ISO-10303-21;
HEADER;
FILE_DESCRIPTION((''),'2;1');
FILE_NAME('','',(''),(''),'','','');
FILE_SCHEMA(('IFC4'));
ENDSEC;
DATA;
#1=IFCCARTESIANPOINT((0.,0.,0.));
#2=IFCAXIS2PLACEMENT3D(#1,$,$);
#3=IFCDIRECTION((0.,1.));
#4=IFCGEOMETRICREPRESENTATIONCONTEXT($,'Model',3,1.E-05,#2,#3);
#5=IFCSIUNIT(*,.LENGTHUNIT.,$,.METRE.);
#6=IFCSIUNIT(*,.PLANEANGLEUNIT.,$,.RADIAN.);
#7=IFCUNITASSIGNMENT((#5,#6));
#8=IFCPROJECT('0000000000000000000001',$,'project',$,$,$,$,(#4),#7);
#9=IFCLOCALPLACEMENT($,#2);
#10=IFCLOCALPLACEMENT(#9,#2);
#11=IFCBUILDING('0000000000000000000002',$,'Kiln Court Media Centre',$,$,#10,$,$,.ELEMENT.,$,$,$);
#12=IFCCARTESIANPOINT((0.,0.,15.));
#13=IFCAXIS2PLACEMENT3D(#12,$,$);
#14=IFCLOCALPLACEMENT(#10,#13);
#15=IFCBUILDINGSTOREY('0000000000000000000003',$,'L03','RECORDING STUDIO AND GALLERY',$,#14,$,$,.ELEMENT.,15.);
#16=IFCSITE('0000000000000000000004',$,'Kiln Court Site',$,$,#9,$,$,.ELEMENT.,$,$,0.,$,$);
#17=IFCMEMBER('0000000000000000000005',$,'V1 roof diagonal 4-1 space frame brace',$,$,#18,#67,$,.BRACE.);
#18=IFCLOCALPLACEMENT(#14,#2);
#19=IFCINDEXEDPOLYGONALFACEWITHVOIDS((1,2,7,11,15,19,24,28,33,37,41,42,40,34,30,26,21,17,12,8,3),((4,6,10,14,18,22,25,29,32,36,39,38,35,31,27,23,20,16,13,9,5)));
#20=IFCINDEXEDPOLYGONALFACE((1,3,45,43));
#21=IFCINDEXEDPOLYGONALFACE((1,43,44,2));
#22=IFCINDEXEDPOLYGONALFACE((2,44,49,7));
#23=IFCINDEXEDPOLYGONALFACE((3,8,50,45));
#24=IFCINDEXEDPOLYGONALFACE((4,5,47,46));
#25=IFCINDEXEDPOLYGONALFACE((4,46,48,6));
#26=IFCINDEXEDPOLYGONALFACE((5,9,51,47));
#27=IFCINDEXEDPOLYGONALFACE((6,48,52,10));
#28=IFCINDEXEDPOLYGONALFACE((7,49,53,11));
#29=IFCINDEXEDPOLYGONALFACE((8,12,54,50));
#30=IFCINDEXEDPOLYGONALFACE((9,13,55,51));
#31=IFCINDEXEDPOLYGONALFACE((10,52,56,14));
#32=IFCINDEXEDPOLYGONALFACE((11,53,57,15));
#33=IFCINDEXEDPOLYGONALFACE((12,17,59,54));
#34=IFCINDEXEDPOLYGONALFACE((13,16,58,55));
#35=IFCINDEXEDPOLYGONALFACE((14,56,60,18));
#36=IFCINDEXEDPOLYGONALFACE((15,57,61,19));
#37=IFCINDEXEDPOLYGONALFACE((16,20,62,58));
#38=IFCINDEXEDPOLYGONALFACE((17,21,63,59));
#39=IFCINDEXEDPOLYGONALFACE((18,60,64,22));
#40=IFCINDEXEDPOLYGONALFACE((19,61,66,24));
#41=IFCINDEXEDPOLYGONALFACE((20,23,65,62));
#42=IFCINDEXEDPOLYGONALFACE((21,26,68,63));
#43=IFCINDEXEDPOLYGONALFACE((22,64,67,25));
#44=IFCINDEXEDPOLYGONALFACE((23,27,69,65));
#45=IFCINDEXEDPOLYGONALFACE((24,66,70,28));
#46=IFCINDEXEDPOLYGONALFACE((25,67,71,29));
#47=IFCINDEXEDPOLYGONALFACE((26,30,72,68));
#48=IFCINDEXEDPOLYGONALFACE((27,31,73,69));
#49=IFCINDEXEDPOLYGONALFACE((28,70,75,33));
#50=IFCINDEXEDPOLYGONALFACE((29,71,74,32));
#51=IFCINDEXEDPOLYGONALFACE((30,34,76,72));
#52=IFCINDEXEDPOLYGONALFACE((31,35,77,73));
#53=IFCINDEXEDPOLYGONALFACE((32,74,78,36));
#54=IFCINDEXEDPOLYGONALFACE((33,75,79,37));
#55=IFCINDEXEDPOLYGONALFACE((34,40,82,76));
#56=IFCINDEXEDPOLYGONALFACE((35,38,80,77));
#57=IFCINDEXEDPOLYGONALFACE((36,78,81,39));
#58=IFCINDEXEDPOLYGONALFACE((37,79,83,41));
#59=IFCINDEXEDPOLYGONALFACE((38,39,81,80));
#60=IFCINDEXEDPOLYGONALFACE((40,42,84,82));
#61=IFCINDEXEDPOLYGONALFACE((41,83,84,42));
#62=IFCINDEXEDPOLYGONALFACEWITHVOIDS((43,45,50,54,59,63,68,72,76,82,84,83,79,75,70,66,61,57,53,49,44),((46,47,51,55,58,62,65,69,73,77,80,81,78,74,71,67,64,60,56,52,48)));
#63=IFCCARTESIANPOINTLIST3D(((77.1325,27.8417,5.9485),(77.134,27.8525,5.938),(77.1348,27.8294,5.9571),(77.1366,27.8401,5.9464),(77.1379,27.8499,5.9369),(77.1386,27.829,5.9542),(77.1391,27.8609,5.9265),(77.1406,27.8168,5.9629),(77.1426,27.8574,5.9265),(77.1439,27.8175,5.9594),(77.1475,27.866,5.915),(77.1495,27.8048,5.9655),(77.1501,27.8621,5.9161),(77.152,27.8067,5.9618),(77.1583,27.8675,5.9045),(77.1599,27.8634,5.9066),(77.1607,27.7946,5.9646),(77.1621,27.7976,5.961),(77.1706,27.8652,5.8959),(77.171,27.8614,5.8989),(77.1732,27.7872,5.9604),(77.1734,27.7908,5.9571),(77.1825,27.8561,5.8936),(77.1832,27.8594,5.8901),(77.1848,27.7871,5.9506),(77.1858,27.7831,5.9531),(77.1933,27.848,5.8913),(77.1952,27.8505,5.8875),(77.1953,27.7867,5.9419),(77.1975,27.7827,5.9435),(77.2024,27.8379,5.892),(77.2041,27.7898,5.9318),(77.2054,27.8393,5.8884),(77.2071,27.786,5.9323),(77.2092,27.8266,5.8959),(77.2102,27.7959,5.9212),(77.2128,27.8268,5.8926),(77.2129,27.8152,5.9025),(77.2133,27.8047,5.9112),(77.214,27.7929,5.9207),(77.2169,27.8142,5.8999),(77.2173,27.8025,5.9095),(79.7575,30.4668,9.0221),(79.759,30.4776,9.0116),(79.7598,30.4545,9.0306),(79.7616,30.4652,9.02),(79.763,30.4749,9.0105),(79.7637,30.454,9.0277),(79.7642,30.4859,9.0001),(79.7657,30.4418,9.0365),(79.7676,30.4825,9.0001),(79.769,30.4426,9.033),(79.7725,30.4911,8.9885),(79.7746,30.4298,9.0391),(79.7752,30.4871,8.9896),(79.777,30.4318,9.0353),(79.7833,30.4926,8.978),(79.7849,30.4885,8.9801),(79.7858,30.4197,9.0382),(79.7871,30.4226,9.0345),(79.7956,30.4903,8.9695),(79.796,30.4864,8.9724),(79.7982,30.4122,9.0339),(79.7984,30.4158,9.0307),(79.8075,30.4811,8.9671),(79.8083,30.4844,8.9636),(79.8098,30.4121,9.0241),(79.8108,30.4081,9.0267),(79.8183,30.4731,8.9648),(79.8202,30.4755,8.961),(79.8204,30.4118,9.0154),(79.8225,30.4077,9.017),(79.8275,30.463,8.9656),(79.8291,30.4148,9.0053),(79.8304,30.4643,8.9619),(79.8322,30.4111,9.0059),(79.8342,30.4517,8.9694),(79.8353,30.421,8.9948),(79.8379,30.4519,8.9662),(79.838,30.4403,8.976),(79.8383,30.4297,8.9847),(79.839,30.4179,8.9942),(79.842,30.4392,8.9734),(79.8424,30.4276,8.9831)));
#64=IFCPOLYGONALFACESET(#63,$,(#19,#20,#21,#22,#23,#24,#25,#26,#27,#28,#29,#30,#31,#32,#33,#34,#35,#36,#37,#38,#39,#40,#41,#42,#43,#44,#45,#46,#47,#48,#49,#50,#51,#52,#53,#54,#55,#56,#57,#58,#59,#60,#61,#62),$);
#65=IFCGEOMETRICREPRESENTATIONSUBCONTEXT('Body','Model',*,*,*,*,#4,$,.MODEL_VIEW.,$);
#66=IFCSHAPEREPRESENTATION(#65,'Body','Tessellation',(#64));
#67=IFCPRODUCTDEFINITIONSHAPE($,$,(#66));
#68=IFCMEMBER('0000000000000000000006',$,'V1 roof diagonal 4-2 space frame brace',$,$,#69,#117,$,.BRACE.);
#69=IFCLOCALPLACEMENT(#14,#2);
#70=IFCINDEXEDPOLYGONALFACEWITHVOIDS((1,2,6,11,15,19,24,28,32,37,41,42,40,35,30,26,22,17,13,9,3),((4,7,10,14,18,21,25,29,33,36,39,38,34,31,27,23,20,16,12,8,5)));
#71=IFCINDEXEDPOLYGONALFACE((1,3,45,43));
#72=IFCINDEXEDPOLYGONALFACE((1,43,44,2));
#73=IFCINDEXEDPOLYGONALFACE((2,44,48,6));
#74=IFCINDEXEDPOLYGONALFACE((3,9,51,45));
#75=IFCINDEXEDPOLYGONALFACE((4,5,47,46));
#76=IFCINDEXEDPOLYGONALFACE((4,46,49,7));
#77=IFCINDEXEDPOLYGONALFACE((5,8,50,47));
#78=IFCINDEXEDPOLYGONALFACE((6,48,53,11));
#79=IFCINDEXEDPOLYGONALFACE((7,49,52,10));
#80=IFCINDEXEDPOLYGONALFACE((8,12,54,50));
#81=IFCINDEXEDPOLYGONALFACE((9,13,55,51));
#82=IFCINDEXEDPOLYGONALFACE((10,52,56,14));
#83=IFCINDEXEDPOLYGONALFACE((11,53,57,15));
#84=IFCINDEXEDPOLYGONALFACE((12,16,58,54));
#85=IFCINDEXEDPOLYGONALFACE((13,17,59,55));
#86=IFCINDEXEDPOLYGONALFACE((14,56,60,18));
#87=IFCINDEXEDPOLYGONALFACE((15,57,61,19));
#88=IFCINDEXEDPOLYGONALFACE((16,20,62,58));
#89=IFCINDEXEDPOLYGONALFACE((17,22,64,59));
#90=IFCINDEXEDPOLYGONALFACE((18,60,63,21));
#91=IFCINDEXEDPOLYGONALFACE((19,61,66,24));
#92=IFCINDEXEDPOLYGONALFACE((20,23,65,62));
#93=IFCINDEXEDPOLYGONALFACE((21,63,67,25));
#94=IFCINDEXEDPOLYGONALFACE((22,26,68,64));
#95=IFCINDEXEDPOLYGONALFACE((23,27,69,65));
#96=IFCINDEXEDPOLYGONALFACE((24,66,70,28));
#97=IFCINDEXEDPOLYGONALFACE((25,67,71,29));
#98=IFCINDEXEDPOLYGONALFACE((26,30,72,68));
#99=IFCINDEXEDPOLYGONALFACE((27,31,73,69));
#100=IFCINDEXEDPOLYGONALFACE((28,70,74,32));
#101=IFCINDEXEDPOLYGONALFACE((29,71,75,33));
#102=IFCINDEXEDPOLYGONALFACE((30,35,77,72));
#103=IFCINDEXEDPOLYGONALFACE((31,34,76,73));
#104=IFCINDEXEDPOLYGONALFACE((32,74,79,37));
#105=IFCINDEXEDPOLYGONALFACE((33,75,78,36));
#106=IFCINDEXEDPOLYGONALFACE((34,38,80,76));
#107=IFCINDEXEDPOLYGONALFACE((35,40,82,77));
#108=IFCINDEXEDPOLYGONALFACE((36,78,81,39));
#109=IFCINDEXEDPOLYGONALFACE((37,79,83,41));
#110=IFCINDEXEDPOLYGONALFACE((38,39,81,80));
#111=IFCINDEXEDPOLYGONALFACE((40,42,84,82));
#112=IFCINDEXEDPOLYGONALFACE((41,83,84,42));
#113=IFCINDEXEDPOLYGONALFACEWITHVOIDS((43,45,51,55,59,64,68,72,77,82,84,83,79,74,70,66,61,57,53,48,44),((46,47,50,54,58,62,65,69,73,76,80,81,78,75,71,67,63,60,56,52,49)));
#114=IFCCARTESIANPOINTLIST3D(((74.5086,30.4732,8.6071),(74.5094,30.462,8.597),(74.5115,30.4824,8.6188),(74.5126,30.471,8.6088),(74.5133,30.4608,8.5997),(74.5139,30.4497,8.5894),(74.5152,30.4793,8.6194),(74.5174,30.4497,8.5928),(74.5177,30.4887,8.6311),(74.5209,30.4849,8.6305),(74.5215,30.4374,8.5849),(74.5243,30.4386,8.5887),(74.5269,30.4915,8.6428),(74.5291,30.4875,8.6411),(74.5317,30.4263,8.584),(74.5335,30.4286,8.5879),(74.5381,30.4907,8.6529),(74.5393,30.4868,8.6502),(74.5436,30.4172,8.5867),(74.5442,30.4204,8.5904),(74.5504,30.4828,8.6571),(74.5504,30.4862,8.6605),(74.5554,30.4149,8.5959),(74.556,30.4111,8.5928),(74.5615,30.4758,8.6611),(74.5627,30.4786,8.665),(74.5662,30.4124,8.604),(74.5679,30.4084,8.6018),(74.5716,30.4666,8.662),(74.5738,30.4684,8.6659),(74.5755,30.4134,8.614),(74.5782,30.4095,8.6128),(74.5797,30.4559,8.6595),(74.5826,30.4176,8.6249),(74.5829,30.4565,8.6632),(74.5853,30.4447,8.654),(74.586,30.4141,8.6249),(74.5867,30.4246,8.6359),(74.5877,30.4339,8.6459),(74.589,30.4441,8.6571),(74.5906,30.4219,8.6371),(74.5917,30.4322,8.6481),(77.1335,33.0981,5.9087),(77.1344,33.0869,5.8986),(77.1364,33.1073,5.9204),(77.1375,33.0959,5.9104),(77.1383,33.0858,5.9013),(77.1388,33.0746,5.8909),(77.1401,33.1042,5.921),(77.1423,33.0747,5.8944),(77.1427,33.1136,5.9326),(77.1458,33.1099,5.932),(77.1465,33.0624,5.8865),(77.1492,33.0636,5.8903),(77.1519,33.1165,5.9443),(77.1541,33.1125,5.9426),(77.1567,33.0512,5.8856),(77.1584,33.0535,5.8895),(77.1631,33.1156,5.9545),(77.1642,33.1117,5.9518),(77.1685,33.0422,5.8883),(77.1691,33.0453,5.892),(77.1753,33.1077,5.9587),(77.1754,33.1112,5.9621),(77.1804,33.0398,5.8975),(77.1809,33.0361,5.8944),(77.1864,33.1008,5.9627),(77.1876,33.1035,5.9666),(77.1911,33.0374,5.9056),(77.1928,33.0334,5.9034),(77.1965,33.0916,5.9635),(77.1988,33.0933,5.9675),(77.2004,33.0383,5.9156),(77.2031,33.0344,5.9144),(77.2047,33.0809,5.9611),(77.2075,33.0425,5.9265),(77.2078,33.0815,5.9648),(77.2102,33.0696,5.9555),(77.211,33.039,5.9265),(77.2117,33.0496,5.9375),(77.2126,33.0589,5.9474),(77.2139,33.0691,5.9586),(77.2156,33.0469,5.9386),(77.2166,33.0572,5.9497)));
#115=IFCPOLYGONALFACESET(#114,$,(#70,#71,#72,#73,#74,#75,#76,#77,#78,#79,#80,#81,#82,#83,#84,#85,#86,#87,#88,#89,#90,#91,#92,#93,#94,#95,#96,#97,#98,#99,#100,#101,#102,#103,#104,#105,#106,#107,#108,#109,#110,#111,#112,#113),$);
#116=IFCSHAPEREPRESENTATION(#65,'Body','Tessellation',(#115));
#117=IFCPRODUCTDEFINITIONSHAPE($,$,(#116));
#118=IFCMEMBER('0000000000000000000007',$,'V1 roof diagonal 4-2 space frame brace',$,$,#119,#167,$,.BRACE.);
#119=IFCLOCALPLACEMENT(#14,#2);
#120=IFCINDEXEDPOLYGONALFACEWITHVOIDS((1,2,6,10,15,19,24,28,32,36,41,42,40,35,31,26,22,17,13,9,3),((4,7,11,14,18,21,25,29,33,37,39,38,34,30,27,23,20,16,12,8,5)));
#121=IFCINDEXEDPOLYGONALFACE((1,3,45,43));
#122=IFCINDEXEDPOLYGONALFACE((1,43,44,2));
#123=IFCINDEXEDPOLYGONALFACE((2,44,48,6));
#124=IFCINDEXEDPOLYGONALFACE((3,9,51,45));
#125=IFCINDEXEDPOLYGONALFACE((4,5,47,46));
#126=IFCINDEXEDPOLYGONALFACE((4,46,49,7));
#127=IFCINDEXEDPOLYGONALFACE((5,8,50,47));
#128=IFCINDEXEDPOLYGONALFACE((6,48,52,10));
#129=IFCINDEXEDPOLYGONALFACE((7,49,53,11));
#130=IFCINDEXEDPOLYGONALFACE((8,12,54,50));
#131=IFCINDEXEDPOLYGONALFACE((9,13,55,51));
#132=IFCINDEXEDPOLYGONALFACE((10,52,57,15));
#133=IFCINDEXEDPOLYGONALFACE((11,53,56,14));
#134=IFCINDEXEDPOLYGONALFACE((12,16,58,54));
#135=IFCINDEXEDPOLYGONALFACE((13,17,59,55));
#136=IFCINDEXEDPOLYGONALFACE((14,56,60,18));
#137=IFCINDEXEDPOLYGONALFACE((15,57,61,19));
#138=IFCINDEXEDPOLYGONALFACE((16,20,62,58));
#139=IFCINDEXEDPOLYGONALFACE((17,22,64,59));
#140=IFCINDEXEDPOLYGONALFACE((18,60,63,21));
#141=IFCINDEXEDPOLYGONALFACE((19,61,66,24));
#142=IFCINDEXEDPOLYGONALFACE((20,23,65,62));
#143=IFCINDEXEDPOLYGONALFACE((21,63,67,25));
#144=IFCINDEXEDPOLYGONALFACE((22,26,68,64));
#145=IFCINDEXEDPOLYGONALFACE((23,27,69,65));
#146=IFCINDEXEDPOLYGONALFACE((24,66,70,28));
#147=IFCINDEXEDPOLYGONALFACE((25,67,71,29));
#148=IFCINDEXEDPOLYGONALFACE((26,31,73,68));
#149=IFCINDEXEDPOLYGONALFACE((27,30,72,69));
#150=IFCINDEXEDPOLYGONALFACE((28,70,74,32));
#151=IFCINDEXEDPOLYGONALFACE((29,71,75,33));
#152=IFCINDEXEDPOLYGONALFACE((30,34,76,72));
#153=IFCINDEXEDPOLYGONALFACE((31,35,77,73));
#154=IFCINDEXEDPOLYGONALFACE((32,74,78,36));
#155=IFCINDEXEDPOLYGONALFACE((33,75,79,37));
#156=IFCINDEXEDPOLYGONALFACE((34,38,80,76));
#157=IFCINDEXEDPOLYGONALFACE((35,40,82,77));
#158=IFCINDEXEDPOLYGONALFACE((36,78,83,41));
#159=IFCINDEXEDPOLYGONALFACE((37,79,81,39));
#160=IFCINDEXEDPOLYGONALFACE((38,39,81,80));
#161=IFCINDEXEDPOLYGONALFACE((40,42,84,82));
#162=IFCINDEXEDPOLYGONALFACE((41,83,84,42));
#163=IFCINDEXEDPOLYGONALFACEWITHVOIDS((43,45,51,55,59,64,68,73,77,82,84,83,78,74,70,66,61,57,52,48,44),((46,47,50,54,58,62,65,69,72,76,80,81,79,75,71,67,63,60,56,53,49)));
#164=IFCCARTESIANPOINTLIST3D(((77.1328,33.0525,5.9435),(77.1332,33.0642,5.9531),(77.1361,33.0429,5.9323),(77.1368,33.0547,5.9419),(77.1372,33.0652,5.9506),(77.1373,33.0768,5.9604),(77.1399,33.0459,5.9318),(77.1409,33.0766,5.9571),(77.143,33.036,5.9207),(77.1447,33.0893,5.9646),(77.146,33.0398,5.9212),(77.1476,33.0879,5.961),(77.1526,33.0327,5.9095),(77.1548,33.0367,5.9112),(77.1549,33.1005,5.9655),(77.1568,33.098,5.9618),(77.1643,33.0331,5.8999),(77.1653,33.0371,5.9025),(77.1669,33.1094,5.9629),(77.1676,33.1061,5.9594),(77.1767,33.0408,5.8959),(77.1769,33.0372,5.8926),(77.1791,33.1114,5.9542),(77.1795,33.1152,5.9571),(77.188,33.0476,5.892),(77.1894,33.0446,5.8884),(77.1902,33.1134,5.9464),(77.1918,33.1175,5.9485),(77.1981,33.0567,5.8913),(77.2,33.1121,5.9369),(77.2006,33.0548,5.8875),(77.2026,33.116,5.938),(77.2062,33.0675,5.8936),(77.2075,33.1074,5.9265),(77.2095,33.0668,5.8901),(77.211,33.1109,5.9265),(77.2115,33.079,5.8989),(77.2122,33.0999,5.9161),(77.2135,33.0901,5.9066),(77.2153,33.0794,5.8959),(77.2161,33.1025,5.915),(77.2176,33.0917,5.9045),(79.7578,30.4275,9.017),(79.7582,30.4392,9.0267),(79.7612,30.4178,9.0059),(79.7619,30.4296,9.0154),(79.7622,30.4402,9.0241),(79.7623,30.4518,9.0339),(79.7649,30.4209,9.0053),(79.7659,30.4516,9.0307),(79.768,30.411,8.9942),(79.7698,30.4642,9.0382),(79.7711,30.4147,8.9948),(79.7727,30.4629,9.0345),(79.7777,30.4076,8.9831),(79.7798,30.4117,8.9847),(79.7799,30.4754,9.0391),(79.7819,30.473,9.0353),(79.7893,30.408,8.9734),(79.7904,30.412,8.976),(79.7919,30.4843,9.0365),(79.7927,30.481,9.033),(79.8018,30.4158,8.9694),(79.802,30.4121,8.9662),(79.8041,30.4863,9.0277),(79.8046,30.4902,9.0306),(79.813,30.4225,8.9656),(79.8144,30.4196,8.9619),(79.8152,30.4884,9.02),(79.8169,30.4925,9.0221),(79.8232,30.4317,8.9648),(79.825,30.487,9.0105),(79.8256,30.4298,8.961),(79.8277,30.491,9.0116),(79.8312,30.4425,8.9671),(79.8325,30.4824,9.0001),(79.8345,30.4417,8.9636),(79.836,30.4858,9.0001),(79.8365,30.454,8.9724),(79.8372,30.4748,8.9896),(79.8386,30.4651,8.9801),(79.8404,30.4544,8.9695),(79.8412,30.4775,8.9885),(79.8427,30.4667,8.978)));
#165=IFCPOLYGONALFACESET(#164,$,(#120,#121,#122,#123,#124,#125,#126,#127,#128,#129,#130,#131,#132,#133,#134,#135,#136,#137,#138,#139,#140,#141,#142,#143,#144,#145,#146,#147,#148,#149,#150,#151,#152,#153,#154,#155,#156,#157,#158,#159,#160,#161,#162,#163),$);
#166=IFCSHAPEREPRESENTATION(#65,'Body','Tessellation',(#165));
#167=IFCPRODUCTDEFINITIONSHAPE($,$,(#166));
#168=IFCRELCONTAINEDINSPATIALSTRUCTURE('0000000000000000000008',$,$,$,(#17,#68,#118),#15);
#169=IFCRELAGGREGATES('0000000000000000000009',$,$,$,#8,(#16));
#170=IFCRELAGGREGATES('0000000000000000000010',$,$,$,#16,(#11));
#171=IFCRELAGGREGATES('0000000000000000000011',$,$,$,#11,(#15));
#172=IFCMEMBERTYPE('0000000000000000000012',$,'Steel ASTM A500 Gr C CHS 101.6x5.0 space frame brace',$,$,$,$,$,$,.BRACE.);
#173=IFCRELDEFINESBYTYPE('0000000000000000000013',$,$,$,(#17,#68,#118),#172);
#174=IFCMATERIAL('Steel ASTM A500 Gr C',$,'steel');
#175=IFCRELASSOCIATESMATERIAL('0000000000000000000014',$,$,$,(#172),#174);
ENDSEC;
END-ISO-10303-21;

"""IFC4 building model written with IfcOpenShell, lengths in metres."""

from ifc_helpers import new_model, si_unit, direction, frame, origin, origin_2d, place, context, subcontext, project, spatial, hollow_circle, extrude, material, material_profile, profile_set, type_object, element, save


model = new_model("IFC4")

# Units and contexts
model_context = context("Model", 3, precision=1e-05, world=origin(), true_north=direction((0.0, 1.0)))
body_context = subcontext(model_context, "Body", "Model", "MODEL_VIEW")
ifc_project = project(units=[si_unit("LENGTHUNIT", "METRE"), si_unit("PLANEANGLEUNIT", "RADIAN")], contexts=[model_context])

# Site, building, storey
site_placement = place(None, origin())
site = spatial("IfcSite", under=ifc_project, at=site_placement, Name="Kiln Court Site", CompositionType="ELEMENT", RefElevation=0.0)
building_placement = place(site_placement, origin())
building = spatial("IfcBuilding", under=site, at=building_placement, Name="Kiln Court Media Centre", CompositionType="ELEMENT")
storey_placement = place(building_placement, frame((0.0, 0.0, 15.0)))
storey = spatial("IfcBuildingStorey", under=building, at=storey_placement, Name="L03", Description="RECORDING STUDIO AND GALLERY", CompositionType="ELEMENT", Elevation=15.0)

# Members
ifc_material_1 = material(Name="Steel ASTM A500 Gr C", Category="steel")
ifc_material_profile_1 = material_profile(ifc_material_1, hollow_circle(Radius=0.0508, WallThickness=0.0049, at=origin_2d()), Name="CHS 101.6x5.0")
ifc_profile_set_1 = profile_set([ifc_material_profile_1], Name="Steel ASTM A500 Gr C")
member_type_1 = type_object("IfcMemberType", Name="Steel ASTM A500 Gr C CHS 101.6x5.0 space frame brace", PredefinedType="BRACE", material=ifc_profile_set_1)
member_1_placement = place(storey_placement, frame((77.175, 27.825, 5.9265), z_axis=(0.544662, 0.544662, 0.637719), x_axis=(-0.707107, 0.707107, 0.0)))
element("IfcMember", 1, at=member_1_placement, inside=storey, type_object=member_type_1, Name="V1 roof diagonal 4-1 space frame brace", PredefinedType="BRACE", context=body_context, shape_type="SweptSolid", body=[
    extrude(hollow_circle(Radius=0.0508, WallThickness=0.0049, at=origin_2d()), origin(), (0.0, 0.0, 1.0), 4.8196),
])
member_2_placement = place(storey_placement, frame((77.175, 33.075, 5.9265), z_axis=(-0.571964, -0.571964, 0.587976), x_axis=(0.707107, -0.707107, 0.0)))
element("IfcMember", 2, at=member_2_placement, inside=storey, type_object=member_type_1, Name="V1 roof diagonal 4-2 space frame brace", PredefinedType="BRACE", context=body_context, shape_type="SweptSolid", body=[
    extrude(hollow_circle(Radius=0.0508, WallThickness=0.0049, at=origin_2d()), origin(), (0.0, 0.0, 1.0), 4.5894),
])
member_3_placement = place(storey_placement, frame((77.175, 33.075, 5.9265), z_axis=(0.544662, -0.544662, 0.637719), x_axis=(0.707107, 0.707107, 0.0)))
element("IfcMember", 3, at=member_3_placement, inside=storey, type_object=member_type_1, Name="V1 roof diagonal 4-2 space frame brace", PredefinedType="BRACE", context=body_context, shape_type="SweptSolid", body=[
    extrude(hollow_circle(Radius=0.0508, WallThickness=0.0049, at=origin_2d()), origin(), (0.0, 0.0, 1.0), 4.8196),
])

save(model, "model.ifc")
